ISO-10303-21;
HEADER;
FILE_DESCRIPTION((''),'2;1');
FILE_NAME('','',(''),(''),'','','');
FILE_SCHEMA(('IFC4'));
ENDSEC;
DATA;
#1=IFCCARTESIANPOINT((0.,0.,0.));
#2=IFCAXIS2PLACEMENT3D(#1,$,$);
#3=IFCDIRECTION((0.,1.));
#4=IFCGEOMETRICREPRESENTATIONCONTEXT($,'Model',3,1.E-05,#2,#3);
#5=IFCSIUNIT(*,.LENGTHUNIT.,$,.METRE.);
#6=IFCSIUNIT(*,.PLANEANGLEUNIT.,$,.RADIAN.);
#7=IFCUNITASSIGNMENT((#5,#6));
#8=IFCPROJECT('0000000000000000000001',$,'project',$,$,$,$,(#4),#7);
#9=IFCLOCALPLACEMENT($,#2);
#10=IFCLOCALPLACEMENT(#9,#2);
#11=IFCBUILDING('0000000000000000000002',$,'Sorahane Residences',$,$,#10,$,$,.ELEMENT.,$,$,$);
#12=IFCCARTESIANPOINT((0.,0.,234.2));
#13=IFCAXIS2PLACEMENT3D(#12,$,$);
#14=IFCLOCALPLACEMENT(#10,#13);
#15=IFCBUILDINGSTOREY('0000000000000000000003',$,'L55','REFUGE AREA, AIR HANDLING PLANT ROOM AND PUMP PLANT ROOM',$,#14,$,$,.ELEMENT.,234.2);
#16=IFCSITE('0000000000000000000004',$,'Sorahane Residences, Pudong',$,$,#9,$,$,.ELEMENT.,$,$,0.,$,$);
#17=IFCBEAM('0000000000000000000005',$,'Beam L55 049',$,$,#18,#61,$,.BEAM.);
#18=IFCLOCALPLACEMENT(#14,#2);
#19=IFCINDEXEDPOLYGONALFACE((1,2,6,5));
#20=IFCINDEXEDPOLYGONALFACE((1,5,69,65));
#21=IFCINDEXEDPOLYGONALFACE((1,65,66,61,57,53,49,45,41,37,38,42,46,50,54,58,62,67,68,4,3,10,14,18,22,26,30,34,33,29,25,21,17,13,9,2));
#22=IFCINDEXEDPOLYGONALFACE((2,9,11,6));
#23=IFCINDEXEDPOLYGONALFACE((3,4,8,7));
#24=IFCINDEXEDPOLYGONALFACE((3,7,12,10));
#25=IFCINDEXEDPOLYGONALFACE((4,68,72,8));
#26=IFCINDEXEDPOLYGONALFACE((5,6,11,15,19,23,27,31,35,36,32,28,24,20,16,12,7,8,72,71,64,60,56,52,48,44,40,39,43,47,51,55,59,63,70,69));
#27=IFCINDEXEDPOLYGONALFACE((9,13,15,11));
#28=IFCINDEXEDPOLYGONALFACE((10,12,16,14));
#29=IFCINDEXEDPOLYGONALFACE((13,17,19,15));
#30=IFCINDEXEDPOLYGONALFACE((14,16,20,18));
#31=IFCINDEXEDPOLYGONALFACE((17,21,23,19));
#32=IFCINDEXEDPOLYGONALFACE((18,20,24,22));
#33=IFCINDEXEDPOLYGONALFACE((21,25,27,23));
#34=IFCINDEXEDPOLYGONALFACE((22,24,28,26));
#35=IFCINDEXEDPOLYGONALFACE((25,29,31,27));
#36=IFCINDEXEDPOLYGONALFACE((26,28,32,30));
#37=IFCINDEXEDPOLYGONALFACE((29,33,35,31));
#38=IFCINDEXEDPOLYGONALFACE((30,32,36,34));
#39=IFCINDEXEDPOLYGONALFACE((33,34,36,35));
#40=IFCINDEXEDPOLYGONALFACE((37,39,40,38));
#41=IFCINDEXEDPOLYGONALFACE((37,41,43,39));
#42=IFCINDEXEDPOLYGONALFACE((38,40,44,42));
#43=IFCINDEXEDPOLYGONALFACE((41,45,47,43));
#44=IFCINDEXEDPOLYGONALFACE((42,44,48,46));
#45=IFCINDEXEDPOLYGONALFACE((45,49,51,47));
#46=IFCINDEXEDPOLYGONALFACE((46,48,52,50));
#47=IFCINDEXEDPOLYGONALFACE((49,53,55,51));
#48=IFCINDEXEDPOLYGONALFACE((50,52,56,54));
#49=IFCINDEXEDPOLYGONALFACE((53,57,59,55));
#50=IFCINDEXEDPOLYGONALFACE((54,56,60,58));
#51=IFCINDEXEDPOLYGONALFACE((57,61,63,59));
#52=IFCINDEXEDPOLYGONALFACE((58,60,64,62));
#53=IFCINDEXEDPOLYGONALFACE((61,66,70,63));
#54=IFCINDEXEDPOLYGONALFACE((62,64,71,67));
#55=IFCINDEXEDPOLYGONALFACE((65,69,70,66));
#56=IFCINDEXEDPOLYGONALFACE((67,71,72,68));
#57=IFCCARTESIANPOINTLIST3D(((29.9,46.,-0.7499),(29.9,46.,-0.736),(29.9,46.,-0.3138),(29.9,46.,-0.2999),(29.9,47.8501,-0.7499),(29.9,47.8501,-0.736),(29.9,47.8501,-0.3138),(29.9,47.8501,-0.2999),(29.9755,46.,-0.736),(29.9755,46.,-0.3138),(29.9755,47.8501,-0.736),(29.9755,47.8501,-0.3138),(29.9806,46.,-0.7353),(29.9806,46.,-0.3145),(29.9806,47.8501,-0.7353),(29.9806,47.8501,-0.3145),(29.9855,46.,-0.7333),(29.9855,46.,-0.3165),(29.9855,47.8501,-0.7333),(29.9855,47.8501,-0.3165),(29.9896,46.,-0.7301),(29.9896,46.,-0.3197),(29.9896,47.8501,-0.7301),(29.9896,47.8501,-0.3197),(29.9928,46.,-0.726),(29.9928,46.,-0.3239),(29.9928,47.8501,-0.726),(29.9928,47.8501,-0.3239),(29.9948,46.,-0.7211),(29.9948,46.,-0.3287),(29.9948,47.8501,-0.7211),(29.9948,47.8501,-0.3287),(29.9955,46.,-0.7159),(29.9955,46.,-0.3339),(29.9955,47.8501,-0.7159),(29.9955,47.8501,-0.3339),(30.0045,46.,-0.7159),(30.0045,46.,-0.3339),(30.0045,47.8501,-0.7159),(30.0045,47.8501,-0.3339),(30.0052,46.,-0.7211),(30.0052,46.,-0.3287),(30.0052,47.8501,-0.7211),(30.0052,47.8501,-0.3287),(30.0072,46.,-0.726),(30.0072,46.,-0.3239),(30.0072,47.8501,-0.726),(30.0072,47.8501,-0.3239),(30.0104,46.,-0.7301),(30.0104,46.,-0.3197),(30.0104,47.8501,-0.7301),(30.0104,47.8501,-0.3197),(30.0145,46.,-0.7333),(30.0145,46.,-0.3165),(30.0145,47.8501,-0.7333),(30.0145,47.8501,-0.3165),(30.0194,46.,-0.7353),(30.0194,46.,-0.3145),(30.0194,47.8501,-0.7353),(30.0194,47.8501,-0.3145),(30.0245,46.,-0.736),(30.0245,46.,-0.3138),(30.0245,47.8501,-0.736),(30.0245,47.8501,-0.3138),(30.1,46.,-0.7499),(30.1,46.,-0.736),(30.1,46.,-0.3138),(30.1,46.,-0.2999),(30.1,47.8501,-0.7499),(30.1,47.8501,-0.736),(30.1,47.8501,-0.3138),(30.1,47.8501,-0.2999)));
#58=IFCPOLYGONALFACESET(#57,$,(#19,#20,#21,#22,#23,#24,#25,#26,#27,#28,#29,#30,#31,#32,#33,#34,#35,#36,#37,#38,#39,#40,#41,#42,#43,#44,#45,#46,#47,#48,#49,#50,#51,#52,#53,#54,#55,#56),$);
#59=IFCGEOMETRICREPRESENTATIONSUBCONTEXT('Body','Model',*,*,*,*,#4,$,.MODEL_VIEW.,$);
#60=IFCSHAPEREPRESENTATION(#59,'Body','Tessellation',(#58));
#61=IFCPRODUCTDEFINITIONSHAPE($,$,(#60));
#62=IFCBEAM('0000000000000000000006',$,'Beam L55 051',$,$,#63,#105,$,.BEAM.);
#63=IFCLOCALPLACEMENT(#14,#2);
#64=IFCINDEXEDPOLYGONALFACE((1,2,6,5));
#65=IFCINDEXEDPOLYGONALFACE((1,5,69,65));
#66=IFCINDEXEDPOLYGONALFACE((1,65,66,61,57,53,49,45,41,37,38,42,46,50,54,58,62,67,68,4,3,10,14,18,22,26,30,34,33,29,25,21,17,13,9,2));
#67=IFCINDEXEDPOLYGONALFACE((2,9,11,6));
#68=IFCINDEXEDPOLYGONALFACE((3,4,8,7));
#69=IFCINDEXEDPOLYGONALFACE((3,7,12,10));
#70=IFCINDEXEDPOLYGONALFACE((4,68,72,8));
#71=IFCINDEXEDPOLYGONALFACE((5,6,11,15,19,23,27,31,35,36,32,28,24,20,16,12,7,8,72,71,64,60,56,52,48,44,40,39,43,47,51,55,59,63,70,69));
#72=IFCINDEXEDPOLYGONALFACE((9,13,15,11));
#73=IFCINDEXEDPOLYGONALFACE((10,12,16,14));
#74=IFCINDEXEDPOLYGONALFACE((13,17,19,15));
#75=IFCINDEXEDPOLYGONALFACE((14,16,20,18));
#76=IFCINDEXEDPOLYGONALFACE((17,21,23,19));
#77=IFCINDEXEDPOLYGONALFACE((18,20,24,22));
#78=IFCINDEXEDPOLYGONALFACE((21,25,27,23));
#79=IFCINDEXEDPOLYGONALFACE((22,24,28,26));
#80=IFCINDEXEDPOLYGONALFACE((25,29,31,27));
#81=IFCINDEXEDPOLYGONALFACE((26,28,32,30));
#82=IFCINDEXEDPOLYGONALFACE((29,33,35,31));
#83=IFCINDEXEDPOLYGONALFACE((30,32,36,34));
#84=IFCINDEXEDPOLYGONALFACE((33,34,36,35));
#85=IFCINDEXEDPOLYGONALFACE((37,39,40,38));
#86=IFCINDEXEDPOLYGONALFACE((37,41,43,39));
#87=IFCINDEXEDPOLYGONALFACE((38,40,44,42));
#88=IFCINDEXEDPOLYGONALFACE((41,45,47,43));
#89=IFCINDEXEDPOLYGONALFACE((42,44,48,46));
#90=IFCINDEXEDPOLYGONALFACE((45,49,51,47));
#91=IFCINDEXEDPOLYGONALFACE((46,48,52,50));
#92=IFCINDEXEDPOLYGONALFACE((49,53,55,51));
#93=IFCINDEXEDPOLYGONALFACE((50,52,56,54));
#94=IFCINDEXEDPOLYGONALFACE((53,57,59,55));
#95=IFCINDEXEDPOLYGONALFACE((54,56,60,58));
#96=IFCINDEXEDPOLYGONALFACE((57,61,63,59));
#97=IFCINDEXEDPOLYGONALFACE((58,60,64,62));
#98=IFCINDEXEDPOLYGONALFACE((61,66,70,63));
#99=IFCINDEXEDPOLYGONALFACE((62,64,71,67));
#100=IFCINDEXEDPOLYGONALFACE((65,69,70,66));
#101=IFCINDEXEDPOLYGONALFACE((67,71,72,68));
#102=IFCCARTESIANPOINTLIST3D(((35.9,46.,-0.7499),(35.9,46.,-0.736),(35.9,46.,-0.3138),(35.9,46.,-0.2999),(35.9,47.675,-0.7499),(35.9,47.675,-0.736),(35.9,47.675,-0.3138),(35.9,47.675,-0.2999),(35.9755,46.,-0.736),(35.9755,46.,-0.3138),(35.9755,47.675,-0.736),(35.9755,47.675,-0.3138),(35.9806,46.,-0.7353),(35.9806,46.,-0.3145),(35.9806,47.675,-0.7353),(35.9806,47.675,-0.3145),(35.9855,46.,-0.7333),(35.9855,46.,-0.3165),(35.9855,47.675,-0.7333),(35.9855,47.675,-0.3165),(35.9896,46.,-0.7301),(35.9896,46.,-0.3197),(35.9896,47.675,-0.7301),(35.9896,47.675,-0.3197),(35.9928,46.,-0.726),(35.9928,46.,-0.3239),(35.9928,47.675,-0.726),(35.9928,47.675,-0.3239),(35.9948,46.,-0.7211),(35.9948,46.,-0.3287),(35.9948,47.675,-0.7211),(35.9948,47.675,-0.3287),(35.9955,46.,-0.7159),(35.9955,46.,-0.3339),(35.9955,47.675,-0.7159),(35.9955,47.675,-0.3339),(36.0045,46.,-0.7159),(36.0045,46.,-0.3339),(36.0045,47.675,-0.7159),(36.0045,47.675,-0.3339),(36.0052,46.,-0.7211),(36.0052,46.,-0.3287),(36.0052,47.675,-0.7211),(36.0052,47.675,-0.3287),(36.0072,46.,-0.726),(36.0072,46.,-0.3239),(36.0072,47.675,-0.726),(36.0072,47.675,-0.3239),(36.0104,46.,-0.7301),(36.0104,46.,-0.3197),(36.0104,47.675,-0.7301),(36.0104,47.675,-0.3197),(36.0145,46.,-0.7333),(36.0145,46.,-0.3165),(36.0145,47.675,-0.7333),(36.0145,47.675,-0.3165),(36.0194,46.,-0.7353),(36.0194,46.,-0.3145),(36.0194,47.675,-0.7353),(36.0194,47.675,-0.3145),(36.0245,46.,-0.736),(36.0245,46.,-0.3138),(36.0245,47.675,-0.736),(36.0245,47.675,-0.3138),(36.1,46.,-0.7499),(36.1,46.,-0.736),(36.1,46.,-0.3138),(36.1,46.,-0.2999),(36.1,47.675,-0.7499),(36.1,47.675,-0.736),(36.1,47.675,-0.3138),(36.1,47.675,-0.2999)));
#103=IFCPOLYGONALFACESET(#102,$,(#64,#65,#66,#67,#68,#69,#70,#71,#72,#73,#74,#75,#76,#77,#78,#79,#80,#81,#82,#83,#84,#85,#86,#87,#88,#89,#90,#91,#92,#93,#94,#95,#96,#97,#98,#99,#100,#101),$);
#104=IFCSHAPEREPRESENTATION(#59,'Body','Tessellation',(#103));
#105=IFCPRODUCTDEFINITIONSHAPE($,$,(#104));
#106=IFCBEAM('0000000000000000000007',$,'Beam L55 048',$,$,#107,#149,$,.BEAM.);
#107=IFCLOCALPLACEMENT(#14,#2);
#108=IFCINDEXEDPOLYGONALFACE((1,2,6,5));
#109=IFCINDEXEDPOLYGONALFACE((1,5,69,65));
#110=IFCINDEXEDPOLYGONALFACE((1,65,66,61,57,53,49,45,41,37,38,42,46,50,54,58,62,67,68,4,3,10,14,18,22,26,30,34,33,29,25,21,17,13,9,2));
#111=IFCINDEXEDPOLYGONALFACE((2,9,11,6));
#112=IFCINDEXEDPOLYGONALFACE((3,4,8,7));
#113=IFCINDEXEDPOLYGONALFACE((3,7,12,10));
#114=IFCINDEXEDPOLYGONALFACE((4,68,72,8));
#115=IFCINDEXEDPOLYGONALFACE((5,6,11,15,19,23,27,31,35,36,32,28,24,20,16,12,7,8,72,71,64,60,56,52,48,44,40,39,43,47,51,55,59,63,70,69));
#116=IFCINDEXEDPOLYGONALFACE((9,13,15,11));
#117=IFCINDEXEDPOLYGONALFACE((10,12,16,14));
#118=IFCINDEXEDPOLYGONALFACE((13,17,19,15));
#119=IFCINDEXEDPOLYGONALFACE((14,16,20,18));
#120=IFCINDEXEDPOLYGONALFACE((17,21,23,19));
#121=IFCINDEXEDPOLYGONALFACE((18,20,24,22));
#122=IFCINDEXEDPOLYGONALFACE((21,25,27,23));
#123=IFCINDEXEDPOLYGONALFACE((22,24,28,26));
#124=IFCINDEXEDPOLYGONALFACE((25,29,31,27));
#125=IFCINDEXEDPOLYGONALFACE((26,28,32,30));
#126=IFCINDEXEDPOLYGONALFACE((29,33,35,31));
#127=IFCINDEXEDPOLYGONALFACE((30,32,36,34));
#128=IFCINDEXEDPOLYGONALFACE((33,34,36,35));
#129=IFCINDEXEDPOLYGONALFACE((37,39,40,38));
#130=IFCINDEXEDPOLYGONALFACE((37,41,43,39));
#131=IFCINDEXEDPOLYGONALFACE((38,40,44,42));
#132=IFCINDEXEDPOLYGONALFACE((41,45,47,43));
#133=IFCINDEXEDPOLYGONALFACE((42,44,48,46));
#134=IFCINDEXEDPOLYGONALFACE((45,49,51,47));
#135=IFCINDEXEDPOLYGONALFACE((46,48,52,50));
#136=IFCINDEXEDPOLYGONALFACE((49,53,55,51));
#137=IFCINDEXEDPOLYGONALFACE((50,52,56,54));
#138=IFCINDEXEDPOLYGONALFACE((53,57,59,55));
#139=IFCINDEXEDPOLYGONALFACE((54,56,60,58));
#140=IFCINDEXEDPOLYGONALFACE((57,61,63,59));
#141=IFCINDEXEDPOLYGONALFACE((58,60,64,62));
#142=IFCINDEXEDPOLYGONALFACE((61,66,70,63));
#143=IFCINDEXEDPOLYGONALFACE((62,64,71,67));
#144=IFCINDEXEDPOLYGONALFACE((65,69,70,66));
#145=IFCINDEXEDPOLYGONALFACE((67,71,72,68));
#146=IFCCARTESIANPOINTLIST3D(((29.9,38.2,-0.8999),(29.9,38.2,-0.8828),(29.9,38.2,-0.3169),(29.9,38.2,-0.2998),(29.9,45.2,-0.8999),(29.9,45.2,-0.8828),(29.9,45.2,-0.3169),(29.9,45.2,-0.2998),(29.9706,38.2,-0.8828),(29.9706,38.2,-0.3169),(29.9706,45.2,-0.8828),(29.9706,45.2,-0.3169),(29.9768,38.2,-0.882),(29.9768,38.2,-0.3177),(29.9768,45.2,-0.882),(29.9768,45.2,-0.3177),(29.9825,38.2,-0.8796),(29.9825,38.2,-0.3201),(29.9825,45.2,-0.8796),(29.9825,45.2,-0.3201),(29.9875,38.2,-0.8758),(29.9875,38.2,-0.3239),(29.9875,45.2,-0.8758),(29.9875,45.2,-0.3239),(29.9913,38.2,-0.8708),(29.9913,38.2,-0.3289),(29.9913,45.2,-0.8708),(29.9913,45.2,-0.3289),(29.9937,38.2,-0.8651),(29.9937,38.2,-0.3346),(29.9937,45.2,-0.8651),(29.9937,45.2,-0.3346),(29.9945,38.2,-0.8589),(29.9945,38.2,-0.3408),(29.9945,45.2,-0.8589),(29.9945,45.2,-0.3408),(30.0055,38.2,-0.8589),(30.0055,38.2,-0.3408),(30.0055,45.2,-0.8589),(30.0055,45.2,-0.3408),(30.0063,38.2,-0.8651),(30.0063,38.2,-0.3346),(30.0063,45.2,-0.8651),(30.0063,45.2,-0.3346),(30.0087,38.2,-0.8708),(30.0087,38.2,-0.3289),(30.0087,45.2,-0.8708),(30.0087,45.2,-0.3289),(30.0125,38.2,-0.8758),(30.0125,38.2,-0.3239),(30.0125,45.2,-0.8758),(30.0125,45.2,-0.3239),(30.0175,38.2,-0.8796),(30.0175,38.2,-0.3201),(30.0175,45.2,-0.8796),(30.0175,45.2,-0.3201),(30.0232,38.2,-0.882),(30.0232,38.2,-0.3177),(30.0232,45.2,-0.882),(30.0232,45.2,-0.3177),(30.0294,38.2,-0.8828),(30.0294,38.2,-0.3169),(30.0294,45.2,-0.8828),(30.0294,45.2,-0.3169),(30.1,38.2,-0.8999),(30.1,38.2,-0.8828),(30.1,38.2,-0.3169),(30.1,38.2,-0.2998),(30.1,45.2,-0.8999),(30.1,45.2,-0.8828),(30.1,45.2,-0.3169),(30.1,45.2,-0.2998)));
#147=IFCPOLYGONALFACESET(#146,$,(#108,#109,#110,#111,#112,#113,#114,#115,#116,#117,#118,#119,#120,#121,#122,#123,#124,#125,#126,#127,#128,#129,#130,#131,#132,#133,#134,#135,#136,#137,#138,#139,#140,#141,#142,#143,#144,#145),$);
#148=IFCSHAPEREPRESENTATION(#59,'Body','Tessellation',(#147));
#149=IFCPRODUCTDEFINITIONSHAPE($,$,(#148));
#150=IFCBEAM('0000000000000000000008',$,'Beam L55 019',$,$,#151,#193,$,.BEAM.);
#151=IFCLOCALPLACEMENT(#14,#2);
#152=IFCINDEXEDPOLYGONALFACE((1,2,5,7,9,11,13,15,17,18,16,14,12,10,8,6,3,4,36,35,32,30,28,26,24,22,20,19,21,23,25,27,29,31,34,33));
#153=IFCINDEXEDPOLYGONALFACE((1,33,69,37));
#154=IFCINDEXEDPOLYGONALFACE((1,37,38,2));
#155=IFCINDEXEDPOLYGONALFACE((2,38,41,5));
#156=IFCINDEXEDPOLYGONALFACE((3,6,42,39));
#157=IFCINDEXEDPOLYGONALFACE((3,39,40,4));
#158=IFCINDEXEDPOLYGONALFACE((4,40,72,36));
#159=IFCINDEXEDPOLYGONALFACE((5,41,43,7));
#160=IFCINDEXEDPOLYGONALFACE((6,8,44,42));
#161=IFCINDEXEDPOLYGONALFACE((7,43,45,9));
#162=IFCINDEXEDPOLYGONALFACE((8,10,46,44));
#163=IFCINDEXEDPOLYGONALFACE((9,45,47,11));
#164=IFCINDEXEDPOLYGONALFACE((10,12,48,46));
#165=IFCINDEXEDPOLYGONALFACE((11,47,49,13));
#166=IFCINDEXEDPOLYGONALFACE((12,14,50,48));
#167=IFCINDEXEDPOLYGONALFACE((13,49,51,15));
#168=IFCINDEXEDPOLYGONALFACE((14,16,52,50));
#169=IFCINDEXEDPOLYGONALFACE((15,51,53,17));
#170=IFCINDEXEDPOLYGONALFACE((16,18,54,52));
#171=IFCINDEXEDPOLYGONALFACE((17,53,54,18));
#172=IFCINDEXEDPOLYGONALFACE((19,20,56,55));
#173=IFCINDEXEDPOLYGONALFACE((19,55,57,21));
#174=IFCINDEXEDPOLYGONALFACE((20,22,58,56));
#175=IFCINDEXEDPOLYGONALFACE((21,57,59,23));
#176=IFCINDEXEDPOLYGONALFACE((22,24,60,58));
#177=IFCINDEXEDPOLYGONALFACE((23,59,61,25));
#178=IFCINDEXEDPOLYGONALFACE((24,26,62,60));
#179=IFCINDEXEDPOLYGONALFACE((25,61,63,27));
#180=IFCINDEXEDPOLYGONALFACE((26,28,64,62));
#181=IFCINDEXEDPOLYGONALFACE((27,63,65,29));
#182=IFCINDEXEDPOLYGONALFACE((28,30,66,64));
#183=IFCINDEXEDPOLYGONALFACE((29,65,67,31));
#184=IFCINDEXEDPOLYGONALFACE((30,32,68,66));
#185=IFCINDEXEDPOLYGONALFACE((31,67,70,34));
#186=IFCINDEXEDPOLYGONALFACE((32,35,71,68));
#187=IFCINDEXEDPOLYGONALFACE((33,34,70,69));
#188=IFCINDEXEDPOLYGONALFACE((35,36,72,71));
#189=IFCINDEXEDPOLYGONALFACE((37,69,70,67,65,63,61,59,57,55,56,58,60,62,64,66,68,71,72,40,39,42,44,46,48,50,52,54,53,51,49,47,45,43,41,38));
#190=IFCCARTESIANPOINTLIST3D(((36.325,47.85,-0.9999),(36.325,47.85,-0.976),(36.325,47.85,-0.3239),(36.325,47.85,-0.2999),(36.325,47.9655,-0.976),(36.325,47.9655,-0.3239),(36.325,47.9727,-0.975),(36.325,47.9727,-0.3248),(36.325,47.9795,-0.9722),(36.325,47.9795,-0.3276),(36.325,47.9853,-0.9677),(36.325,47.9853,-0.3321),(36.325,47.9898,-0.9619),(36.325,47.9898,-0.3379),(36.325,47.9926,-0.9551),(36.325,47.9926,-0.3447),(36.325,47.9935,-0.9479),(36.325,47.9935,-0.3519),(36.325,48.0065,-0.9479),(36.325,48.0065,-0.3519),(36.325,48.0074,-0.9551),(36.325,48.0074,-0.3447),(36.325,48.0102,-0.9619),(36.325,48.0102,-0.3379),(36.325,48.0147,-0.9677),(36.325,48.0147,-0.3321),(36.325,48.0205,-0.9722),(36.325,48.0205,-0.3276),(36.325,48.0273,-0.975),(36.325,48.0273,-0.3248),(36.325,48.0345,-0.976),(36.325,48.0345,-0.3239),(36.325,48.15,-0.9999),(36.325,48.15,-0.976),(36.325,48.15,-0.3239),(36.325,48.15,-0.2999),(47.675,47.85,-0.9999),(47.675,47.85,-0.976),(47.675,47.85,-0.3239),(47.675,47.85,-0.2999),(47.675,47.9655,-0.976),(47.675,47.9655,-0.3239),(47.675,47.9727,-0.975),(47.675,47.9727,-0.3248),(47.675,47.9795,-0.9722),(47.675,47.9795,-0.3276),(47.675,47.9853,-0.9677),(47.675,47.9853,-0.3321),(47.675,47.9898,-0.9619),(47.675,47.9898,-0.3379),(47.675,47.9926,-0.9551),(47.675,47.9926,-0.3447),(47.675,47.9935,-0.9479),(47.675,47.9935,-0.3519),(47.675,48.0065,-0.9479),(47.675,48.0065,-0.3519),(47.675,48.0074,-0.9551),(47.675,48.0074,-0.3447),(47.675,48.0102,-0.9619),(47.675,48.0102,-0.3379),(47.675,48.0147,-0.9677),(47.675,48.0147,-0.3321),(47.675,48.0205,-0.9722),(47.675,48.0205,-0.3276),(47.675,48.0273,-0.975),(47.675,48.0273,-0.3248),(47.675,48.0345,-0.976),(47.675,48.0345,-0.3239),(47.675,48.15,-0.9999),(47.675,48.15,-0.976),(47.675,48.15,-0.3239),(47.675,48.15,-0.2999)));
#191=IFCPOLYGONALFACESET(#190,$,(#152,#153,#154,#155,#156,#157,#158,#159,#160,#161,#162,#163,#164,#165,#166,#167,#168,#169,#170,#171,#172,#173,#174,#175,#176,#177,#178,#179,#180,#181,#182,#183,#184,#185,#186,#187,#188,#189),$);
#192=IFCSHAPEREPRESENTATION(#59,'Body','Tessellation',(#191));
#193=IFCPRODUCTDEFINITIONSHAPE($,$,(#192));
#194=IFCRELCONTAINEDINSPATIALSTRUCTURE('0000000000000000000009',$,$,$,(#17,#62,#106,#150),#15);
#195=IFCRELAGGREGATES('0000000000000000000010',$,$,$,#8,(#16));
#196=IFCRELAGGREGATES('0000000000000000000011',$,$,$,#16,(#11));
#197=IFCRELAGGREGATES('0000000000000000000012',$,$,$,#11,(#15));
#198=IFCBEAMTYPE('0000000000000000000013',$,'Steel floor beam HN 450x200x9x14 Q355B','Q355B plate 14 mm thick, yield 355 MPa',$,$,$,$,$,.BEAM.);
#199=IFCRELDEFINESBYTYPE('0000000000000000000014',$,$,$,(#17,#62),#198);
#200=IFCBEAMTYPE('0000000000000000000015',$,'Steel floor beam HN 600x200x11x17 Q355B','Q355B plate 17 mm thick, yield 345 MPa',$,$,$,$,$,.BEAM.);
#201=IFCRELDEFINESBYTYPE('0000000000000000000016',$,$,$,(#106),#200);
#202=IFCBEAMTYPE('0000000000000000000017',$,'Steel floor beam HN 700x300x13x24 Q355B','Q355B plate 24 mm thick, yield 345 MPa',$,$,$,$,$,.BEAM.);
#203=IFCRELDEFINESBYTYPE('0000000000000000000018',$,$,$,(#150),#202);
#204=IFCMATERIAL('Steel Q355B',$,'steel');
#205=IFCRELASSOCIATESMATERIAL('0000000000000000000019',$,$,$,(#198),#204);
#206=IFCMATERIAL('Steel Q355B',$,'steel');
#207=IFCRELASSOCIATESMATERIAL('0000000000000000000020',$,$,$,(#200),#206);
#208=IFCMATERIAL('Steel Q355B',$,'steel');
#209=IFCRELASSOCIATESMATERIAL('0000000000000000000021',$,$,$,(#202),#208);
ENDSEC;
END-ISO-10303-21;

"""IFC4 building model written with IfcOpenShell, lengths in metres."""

from ifc_helpers import new_model, si_unit, direction, frame, origin, origin_2d, place, context, subcontext, project, spatial, i_section, extrude, material, material_profile, profile_set, type_object, element, save


model = new_model("IFC4")

# Units and contexts
model_context = context("Model", 3, precision=1e-05, world=origin(), true_north=direction((0.0, 1.0)))
body_context = subcontext(model_context, "Body", "Model", "MODEL_VIEW")
ifc_project = project(units=[si_unit("LENGTHUNIT", "METRE"), si_unit("PLANEANGLEUNIT", "RADIAN")], contexts=[model_context])

# Site, building, storey
site_placement = place(None, origin())
site = spatial("IfcSite", under=ifc_project, at=site_placement, Name="Sorahane Residences, Pudong", CompositionType="ELEMENT", RefElevation=0.0)
building_placement = place(site_placement, origin())
building = spatial("IfcBuilding", under=site, at=building_placement, Name="Sorahane Residences", CompositionType="ELEMENT")
storey_placement = place(building_placement, frame((0.0, 0.0, 234.2)))
storey = spatial("IfcBuildingStorey", under=building, at=storey_placement, Name="L55", Description="REFUGE AREA, AIR HANDLING PLANT ROOM AND PUMP PLANT ROOM", CompositionType="ELEMENT", Elevation=234.2)

# Beams
ifc_material_1 = material(Name="Steel Q355B", Category="steel")
ifc_material_profile_1 = material_profile(ifc_material_1, i_section(OverallWidth=0.2, OverallDepth=0.45, WebThickness=0.009, FlangeThickness=0.0139, FilletRadius=0.02, at=origin_2d()), Name="HN 450x200x9x14")
ifc_profile_set_1 = profile_set([ifc_material_profile_1], Name="Steel Q355B")
beam_type_1 = type_object("IfcBeamType", Name="Steel floor beam HN 450x200x9x14 Q355B", Description="Q355B plate 14 mm thick, yield 355 MPa", PredefinedType="BEAM", material=ifc_profile_set_1)
beam_1_placement = place(storey_placement, frame((30.0, 46.0, -0.5249), z_axis=(0.0, 1.0, 0.0), x_axis=(-1.0, 0.0, 0.0)))
element("IfcBeam", 1, at=beam_1_placement, inside=storey, type_object=beam_type_1, Name="Beam L55 049", PredefinedType="BEAM", context=body_context, shape_type="SweptSolid", body=[
    extrude(i_section(OverallWidth=0.2, OverallDepth=0.45, WebThickness=0.009, FlangeThickness=0.0139, FilletRadius=0.02, at=origin_2d()), origin(), (0.0, 0.0, 1.0), 1.8501),
])
beam_2_placement = place(storey_placement, frame((36.0, 46.0, -0.5249), z_axis=(0.0, 1.0, 0.0), x_axis=(-1.0, 0.0, 0.0)))
element("IfcBeam", 2, at=beam_2_placement, inside=storey, type_object=beam_type_1, Name="Beam L55 051", PredefinedType="BEAM", context=body_context, shape_type="SweptSolid", body=[
    extrude(i_section(OverallWidth=0.2, OverallDepth=0.45, WebThickness=0.009, FlangeThickness=0.0139, FilletRadius=0.02, at=origin_2d()), origin(), (0.0, 0.0, 1.0), 1.675),
])
ifc_material_2 = material(Name="Steel Q355B", Category="steel")
ifc_material_profile_2 = material_profile(ifc_material_2, i_section(OverallWidth=0.2, OverallDepth=0.6001, WebThickness=0.011, FlangeThickness=0.0171, FilletRadius=0.0239, at=origin_2d()), Name="HN 600x200x11x17")
ifc_profile_set_2 = profile_set([ifc_material_profile_2], Name="Steel Q355B")
beam_type_2 = type_object("IfcBeamType", Name="Steel floor beam HN 600x200x11x17 Q355B", Description="Q355B plate 17 mm thick, yield 345 MPa", PredefinedType="BEAM", material=ifc_profile_set_2)
beam_3_placement = place(storey_placement, frame((30.0, 38.2, -0.5999), z_axis=(0.0, 1.0, 0.0), x_axis=(-1.0, 0.0, 0.0)))
element("IfcBeam", 3, at=beam_3_placement, inside=storey, type_object=beam_type_2, Name="Beam L55 048", PredefinedType="BEAM", context=body_context, shape_type="SweptSolid", body=[
    extrude(i_section(OverallWidth=0.2, OverallDepth=0.6001, WebThickness=0.011, FlangeThickness=0.0171, FilletRadius=0.0239, at=origin_2d()), origin(), (0.0, 0.0, 1.0), 7.0),
])
ifc_material_3 = material(Name="Steel Q355B", Category="steel")
ifc_material_profile_3 = material_profile(ifc_material_3, i_section(OverallWidth=0.3, OverallDepth=0.7, WebThickness=0.0129, FlangeThickness=0.0239, FilletRadius=0.0281, at=origin_2d()), Name="HN 700x300x13x24")
ifc_profile_set_3 = profile_set([ifc_material_profile_3], Name="Steel Q355B")
beam_type_3 = type_object("IfcBeamType", Name="Steel floor beam HN 700x300x13x24 Q355B", Description="Q355B plate 24 mm thick, yield 345 MPa", PredefinedType="BEAM", material=ifc_profile_set_3)
beam_4_placement = place(storey_placement, frame((36.325, 48.0, -0.6499), z_axis=(1.0, 0.0, 0.0), x_axis=(0.0, 1.0, 0.0)))
element("IfcBeam", 4, at=beam_4_placement, inside=storey, type_object=beam_type_3, Name="Beam L55 019", PredefinedType="BEAM", context=body_context, shape_type="SweptSolid", body=[
    extrude(i_section(OverallWidth=0.3, OverallDepth=0.7, WebThickness=0.0129, FlangeThickness=0.0239, FilletRadius=0.0281, at=origin_2d()), origin(), (0.0, 0.0, 1.0), 11.3501),
])

save(model, "model.ifc")
